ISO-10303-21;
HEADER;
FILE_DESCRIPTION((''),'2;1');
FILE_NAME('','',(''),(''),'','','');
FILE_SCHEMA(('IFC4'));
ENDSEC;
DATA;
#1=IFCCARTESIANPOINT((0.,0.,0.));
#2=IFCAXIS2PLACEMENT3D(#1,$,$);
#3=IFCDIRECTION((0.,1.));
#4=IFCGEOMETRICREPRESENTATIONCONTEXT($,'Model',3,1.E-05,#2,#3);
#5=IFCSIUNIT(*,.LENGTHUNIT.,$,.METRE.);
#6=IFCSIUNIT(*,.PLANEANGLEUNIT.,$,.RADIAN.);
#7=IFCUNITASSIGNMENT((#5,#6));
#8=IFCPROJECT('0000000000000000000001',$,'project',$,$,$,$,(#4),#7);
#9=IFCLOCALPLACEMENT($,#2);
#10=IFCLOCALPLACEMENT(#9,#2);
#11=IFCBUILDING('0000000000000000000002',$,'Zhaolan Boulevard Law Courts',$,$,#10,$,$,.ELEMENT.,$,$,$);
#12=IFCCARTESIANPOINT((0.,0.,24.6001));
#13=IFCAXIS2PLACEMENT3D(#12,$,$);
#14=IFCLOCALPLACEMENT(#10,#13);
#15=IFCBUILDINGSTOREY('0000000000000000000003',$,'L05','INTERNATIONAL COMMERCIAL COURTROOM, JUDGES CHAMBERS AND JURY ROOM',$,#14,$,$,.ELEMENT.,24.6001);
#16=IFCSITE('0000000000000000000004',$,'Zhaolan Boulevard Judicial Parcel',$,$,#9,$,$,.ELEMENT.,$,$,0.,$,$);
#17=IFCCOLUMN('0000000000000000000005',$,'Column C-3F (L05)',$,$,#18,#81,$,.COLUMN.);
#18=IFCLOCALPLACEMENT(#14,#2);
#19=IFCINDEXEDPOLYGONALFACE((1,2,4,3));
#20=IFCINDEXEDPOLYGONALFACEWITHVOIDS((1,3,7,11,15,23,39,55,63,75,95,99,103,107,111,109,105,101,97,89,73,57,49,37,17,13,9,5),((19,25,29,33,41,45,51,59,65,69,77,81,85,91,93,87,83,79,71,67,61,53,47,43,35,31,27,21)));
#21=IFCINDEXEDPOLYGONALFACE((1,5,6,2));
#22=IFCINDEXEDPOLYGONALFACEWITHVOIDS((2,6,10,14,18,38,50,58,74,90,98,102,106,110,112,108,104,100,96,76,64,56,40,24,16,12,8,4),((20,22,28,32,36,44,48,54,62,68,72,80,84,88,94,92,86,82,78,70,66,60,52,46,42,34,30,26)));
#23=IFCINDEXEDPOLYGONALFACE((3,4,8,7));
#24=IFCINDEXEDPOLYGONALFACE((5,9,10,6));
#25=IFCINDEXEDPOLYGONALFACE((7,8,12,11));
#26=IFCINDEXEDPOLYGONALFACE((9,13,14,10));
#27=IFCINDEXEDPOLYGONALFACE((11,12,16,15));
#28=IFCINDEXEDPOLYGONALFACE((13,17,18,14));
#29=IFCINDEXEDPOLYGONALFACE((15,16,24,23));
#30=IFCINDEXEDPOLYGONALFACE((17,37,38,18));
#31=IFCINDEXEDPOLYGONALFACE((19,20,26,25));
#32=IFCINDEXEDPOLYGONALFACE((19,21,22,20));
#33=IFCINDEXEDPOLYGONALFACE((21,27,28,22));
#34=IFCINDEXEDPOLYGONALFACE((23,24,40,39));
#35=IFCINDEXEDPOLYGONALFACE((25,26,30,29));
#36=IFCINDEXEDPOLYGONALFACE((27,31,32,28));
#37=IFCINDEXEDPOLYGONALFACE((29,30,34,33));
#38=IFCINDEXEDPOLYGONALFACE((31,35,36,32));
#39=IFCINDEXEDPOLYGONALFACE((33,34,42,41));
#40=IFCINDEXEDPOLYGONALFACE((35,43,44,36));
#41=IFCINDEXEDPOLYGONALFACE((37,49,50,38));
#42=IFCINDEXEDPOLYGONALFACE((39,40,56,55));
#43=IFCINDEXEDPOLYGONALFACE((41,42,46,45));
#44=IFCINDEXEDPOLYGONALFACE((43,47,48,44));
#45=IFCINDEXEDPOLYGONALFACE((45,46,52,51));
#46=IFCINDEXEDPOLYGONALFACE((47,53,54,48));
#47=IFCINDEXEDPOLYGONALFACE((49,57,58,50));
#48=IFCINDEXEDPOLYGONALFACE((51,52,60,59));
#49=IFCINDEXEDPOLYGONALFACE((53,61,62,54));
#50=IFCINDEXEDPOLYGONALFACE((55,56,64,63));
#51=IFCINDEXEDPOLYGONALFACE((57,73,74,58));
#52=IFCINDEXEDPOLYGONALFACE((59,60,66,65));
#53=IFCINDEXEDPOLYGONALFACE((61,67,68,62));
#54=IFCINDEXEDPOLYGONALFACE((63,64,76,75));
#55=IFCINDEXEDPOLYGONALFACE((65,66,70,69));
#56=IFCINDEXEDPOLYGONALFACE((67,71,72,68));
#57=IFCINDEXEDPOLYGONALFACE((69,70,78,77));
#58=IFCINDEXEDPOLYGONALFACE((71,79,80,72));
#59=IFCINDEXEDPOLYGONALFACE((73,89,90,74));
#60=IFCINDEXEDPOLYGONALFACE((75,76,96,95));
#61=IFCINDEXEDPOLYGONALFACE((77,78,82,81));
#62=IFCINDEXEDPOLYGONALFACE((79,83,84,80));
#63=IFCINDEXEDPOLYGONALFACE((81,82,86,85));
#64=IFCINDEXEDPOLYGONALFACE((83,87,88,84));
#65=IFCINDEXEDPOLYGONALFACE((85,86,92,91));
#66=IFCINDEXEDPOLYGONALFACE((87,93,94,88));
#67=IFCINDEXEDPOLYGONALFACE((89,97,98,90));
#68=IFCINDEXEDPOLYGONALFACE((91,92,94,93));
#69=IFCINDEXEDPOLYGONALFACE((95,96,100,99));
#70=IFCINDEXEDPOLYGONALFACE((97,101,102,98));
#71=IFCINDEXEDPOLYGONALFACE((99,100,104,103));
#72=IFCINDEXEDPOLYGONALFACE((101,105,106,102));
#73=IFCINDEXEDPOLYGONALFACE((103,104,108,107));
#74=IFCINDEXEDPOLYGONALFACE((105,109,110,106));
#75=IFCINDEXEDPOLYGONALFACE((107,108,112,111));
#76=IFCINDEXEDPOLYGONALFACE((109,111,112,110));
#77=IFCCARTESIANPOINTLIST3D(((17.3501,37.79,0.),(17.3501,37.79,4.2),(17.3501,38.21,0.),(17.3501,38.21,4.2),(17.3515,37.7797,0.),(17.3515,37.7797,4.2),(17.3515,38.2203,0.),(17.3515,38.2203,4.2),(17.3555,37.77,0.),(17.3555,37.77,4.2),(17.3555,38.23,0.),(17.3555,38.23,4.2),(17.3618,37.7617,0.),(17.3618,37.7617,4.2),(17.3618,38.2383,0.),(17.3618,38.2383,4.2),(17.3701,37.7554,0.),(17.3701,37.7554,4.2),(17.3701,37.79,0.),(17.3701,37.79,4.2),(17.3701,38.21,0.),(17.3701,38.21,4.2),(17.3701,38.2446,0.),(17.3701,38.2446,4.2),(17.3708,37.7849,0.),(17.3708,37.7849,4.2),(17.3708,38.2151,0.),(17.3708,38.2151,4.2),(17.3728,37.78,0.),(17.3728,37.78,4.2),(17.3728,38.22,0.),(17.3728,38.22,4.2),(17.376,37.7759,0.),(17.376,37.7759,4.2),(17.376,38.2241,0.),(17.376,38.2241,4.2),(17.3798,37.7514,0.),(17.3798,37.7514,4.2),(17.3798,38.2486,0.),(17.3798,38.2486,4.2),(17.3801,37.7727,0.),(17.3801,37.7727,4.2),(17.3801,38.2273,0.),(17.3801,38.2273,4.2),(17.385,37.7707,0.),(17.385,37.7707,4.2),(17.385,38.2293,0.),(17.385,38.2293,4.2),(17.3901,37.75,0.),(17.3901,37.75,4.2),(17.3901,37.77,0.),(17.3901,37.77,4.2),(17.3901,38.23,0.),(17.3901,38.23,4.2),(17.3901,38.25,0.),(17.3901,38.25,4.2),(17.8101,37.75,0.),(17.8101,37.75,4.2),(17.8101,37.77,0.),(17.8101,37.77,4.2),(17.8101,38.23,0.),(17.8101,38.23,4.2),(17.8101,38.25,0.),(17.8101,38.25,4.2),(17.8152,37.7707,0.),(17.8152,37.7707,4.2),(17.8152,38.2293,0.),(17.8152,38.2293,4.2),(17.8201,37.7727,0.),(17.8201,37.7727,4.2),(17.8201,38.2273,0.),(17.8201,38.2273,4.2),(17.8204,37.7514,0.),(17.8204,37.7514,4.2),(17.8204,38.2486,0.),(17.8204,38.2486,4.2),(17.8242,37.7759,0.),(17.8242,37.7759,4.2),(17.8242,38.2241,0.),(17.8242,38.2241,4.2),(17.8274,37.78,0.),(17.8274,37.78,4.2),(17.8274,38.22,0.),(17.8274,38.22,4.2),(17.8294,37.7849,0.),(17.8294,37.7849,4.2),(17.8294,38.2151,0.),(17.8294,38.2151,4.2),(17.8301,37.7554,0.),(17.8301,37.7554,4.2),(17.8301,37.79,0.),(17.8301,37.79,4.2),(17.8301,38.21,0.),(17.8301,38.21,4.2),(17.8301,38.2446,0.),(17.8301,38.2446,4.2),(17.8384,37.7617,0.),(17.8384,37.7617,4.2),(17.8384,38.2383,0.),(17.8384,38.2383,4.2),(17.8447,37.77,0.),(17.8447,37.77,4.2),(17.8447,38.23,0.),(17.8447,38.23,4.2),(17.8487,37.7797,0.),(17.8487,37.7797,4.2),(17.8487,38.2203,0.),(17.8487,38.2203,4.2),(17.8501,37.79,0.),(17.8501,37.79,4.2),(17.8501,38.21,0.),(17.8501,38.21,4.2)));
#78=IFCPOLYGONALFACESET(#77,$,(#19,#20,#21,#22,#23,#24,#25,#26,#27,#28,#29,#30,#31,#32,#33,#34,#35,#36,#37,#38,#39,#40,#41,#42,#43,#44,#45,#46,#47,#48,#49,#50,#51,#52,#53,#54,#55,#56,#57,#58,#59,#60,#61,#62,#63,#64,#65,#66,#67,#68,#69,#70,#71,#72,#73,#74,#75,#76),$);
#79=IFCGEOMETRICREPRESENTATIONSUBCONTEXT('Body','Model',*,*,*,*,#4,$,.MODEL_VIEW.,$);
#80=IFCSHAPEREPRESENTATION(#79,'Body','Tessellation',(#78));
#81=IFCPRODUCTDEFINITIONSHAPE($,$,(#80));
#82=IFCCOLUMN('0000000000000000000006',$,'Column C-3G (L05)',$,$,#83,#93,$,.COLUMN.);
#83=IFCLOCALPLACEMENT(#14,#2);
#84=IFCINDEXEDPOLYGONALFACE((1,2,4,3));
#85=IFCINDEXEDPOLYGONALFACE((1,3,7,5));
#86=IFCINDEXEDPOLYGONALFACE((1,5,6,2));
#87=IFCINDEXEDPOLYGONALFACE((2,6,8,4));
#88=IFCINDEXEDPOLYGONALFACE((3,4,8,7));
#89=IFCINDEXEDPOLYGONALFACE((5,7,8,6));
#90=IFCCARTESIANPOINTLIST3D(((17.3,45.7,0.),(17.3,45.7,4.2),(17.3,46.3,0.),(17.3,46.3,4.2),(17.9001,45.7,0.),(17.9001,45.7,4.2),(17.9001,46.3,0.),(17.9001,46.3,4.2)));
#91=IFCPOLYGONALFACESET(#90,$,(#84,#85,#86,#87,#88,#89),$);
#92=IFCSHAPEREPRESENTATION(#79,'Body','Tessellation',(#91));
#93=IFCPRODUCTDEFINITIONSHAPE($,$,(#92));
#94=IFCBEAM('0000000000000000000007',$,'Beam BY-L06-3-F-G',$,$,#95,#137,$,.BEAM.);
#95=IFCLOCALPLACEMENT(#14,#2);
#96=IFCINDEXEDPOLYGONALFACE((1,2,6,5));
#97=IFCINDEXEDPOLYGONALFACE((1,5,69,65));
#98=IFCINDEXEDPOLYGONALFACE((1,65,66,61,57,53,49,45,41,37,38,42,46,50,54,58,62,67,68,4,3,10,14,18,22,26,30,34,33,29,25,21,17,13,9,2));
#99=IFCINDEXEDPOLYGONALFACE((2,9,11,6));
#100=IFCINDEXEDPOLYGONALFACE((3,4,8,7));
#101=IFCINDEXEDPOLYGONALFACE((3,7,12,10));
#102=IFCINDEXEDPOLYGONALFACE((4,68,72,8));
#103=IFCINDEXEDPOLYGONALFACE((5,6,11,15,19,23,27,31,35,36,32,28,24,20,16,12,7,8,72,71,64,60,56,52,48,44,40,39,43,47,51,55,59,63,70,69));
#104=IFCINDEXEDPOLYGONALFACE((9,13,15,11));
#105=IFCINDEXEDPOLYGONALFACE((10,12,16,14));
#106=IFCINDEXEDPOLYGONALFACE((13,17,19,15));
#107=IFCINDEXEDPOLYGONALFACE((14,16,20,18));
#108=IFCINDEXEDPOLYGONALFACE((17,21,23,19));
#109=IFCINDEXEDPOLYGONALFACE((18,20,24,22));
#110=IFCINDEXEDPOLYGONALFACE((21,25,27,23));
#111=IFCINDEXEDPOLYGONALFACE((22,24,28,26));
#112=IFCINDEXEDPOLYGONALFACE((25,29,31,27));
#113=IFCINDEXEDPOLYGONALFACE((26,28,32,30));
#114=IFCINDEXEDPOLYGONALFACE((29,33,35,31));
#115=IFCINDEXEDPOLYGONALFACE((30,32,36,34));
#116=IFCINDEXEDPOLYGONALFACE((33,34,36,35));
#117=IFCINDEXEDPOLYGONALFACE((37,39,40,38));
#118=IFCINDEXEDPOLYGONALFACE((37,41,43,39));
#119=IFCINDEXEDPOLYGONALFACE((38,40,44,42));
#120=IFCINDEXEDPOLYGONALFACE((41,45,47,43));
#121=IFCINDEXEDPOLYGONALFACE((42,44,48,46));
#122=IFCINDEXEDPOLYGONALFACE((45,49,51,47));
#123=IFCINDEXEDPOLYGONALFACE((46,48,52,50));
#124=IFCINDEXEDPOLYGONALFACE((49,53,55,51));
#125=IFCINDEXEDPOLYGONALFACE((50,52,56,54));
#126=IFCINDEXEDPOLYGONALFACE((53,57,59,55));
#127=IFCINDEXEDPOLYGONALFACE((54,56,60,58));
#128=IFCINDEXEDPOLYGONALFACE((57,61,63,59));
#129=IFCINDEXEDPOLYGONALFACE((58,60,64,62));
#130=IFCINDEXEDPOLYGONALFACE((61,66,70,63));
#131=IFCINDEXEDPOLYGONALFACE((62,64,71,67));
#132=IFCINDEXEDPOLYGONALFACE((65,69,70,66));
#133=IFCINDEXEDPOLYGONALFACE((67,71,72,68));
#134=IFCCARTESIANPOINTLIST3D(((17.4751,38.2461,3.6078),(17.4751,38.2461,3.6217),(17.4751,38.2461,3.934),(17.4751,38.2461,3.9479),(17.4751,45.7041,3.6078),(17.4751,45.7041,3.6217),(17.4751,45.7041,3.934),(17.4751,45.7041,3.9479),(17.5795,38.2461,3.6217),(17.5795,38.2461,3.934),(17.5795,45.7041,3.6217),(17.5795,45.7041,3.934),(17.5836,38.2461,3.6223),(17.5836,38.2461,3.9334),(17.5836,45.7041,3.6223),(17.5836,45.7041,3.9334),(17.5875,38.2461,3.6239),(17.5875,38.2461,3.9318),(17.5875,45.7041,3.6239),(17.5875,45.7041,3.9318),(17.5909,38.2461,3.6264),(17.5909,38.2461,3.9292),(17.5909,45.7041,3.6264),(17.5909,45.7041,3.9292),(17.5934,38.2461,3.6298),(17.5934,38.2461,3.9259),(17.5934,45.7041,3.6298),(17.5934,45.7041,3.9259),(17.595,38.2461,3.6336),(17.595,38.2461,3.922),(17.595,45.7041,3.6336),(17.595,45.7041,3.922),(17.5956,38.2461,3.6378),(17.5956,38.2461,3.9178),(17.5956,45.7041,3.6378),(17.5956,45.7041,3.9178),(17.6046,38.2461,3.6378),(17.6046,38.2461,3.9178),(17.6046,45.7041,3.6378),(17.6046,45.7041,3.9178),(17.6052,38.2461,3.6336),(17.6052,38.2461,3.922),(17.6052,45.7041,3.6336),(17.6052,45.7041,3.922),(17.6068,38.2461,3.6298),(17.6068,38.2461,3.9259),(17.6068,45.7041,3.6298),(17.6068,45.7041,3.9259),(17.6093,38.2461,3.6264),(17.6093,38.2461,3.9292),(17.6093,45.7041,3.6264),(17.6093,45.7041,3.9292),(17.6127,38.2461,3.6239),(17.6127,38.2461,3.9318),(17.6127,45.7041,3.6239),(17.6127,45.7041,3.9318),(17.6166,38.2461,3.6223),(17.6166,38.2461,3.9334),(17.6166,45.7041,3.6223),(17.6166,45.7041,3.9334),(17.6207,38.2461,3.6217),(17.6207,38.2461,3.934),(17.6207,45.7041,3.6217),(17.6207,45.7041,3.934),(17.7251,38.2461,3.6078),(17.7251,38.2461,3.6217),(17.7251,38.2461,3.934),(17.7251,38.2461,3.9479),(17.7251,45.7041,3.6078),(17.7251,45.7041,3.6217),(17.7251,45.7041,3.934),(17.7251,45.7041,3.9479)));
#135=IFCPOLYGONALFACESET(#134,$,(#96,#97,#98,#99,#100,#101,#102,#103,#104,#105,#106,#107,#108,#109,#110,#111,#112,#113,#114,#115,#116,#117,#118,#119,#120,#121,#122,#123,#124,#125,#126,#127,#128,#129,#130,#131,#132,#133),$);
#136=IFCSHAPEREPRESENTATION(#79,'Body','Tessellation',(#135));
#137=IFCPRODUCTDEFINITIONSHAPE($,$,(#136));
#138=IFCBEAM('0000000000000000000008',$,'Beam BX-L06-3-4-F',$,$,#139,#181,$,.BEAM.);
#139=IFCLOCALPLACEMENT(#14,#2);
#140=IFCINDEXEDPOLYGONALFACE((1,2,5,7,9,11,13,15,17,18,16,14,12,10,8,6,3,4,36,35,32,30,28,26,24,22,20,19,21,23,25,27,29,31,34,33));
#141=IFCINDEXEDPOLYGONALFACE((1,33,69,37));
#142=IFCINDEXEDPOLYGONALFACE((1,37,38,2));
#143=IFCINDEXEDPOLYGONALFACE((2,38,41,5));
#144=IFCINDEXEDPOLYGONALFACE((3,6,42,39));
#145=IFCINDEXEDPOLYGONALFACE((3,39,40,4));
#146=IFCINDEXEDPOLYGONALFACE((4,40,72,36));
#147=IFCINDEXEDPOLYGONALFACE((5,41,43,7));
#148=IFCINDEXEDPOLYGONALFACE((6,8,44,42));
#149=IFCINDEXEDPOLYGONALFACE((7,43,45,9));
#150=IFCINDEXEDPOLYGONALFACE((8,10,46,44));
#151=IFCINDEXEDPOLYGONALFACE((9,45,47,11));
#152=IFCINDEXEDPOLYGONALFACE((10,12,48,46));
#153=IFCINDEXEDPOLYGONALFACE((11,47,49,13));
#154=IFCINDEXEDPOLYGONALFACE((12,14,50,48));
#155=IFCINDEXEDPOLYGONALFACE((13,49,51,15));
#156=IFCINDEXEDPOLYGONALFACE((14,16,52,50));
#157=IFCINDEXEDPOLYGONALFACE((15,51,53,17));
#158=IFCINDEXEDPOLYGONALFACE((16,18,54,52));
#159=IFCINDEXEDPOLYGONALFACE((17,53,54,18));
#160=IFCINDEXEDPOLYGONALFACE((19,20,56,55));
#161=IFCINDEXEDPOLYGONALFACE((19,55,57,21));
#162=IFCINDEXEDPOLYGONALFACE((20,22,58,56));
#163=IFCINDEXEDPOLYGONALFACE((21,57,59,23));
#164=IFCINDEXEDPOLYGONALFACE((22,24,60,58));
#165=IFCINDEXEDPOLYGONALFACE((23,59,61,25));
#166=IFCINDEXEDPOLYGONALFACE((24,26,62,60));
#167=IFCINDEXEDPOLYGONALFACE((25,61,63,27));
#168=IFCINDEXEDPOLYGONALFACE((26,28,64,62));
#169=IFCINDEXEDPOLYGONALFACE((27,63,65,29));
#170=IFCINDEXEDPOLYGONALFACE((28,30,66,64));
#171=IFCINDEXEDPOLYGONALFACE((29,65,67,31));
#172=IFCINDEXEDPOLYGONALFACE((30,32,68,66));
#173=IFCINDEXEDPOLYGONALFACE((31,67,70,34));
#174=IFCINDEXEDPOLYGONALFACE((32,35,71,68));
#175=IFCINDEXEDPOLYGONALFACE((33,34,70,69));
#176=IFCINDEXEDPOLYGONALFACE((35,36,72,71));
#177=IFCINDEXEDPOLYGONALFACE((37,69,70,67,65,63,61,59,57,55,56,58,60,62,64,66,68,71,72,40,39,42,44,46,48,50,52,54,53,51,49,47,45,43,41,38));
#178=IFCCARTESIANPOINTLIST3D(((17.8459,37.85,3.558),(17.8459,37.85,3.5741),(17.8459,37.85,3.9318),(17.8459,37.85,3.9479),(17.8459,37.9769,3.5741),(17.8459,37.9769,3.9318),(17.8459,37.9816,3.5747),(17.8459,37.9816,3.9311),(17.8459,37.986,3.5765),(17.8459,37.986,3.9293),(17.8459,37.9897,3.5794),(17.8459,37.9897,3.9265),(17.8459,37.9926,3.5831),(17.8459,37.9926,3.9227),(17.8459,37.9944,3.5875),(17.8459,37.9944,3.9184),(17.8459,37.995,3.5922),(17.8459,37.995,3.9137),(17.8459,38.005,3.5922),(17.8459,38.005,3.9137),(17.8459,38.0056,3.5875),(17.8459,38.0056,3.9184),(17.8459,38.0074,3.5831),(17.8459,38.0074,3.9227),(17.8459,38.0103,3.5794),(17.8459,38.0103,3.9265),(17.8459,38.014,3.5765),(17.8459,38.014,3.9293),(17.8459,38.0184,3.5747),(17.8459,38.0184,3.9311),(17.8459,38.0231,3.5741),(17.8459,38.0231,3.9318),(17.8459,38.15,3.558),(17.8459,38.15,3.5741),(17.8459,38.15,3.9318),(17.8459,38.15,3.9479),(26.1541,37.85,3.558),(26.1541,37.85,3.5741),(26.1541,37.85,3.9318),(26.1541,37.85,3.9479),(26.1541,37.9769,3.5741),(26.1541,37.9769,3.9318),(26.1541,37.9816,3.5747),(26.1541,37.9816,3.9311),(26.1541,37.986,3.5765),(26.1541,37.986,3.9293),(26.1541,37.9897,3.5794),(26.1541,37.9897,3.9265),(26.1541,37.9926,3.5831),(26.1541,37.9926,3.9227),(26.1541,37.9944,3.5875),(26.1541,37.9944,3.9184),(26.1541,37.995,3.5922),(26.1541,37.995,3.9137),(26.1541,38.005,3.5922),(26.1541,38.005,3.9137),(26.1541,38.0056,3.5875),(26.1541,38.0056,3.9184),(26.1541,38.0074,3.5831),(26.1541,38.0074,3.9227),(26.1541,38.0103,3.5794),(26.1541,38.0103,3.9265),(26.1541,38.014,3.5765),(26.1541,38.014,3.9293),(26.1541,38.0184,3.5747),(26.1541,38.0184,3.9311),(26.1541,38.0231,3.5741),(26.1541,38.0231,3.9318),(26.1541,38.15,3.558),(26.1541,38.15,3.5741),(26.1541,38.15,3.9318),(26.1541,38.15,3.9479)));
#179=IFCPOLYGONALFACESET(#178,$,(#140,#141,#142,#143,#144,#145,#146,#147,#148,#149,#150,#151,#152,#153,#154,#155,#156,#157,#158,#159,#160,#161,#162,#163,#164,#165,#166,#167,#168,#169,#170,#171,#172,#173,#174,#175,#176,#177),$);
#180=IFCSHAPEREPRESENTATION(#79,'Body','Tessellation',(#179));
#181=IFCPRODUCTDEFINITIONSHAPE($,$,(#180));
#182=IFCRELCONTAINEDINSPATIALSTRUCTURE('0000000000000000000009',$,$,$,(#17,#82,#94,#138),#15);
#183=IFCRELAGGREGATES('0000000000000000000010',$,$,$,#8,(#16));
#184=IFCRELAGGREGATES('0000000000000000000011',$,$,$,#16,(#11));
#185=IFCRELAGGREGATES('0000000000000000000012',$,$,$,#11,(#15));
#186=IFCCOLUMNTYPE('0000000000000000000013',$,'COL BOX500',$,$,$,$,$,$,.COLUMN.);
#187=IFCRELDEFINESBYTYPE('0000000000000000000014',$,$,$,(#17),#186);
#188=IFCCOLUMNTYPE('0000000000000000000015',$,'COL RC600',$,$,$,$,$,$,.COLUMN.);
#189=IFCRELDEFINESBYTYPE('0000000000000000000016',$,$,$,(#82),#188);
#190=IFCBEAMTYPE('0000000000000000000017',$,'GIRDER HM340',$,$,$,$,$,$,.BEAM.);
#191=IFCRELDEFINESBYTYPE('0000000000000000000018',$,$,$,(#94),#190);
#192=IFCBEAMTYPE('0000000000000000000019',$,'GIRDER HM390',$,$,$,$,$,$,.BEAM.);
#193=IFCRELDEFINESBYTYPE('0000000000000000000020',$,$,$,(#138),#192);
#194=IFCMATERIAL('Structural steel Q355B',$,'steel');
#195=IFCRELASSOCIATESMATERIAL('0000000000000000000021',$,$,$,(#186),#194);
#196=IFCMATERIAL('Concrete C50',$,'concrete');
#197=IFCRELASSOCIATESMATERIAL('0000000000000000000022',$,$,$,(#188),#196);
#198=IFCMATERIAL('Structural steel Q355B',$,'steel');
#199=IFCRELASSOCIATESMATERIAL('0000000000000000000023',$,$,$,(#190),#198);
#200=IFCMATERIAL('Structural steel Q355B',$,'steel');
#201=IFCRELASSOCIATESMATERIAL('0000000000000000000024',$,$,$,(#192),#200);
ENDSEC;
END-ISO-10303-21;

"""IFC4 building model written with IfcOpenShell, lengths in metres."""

from ifc_helpers import new_model, si_unit, direction, frame, origin, origin_2d, place, context, subcontext, project, spatial, rectangle, hollow_rectangle, i_section, extrude, material, material_profile, profile_set, type_object, element, save


model = new_model("IFC4")

# Units and contexts
model_context = context("Model", 3, precision=1e-05, world=origin(), true_north=direction((0.0, 1.0)))
body_context = subcontext(model_context, "Body", "Model", "MODEL_VIEW")
ifc_project = project(units=[si_unit("LENGTHUNIT", "METRE"), si_unit("PLANEANGLEUNIT", "RADIAN")], contexts=[model_context])

# Site, building, storey
site_placement = place(None, origin())
site = spatial("IfcSite", under=ifc_project, at=site_placement, Name="Zhaolan Boulevard Judicial Parcel", CompositionType="ELEMENT", RefElevation=0.0)
building_placement = place(site_placement, origin())
building = spatial("IfcBuilding", under=site, at=building_placement, Name="Zhaolan Boulevard Law Courts", CompositionType="ELEMENT")
storey_placement = place(building_placement, frame((0.0, 0.0, 24.6001)))
storey = spatial("IfcBuildingStorey", under=building, at=storey_placement, Name="L05", Description="INTERNATIONAL COMMERCIAL COURTROOM, JUDGES CHAMBERS AND JURY ROOM", CompositionType="ELEMENT", Elevation=24.6001)

# Columns
ifc_material_1 = material(Name="Structural steel Q355B", Category="steel")
ifc_material_profile_1 = material_profile(ifc_material_1, hollow_rectangle(XDim=0.5, YDim=0.5, WallThickness=0.02, InnerFilletRadius=0.02, OuterFilletRadius=0.04, at=origin_2d()), Name="BOX500x500x20")
ifc_profile_set_1 = profile_set([ifc_material_profile_1], Name="Structural steel Q355B")
column_type_1 = type_object("IfcColumnType", Name="COL BOX500", PredefinedType="COLUMN", material=ifc_profile_set_1)
column_1_placement = place(storey_placement, frame((17.6001, 38.0, 0.0), z_axis=(0.0, 0.0, 1.0), x_axis=(1.0, 0.0, 0.0)))
element("IfcColumn", 1, at=column_1_placement, inside=storey, type_object=column_type_1, Name="Column C-3F (L05)", PredefinedType="COLUMN", context=body_context, shape_type="SweptSolid", body=[
    extrude(hollow_rectangle(XDim=0.5, YDim=0.5, WallThickness=0.02, InnerFilletRadius=0.02, OuterFilletRadius=0.04, at=origin_2d()), origin(), (0.0, 0.0, 1.0), 4.2),
])
ifc_material_2 = material(Name="Concrete C50", Category="concrete")
ifc_material_profile_2 = material_profile(ifc_material_2, rectangle(XDim=0.6001, YDim=0.6001, at=origin_2d()), Name="RC600x600")
ifc_profile_set_2 = profile_set([ifc_material_profile_2], Name="Concrete C50")
column_type_2 = type_object("IfcColumnType", Name="COL RC600", PredefinedType="COLUMN", material=ifc_profile_set_2)
column_2_placement = place(storey_placement, frame((17.6001, 46.0, 0.0), z_axis=(0.0, 0.0, 1.0), x_axis=(1.0, 0.0, 0.0)))
element("IfcColumn", 2, at=column_2_placement, inside=storey, type_object=column_type_2, Name="Column C-3G (L05)", PredefinedType="COLUMN", context=body_context, shape_type="SweptSolid", body=[
    extrude(rectangle(XDim=0.6001, YDim=0.6001, at=origin_2d()), origin(), (0.0, 0.0, 1.0), 4.2),
])

# Beams
ifc_material_3 = material(Name="Structural steel Q355B", Category="steel")
ifc_material_profile_3 = material_profile(ifc_material_3, i_section(OverallWidth=0.25, OverallDepth=0.3401, WebThickness=0.009, FlangeThickness=0.0139, FilletRadius=0.0161, at=origin_2d()), Name="HM340x250")
ifc_profile_set_3 = profile_set([ifc_material_profile_3], Name="Structural steel Q355B")
beam_type_1 = type_object("IfcBeamType", Name="GIRDER HM340", PredefinedType="BEAM", material=ifc_profile_set_3)
beam_1_placement = place(storey_placement, frame((17.6001, 38.2461, 3.7778), z_axis=(0.0, 1.0, 0.0), x_axis=(-1.0, 0.0, 0.0)))
element("IfcBeam", 3, at=beam_1_placement, inside=storey, type_object=beam_type_1, Name="Beam BY-L06-3-F-G", PredefinedType="BEAM", context=body_context, shape_type="SweptSolid", body=[
    extrude(i_section(OverallWidth=0.25, OverallDepth=0.3401, WebThickness=0.009, FlangeThickness=0.0139, FilletRadius=0.0161, at=origin_2d()), origin(), (0.0, 0.0, 1.0), 7.458),
])
ifc_material_4 = material(Name="Structural steel Q355B", Category="steel")
ifc_material_profile_4 = material_profile(ifc_material_4, i_section(OverallWidth=0.3, OverallDepth=0.3899, WebThickness=0.01, FlangeThickness=0.0161, FilletRadius=0.0181, at=origin_2d()), Name="HM390x300")
ifc_profile_set_4 = profile_set([ifc_material_profile_4], Name="Structural steel Q355B")
beam_type_2 = type_object("IfcBeamType", Name="GIRDER HM390", PredefinedType="BEAM", material=ifc_profile_set_4)
beam_2_placement = place(storey_placement, frame((17.8459, 38.0, 3.7529), z_axis=(1.0, 0.0, 0.0), x_axis=(0.0, 1.0, 0.0)))
element("IfcBeam", 4, at=beam_2_placement, inside=storey, type_object=beam_type_2, Name="Beam BX-L06-3-4-F", PredefinedType="BEAM", context=body_context, shape_type="SweptSolid", body=[
    extrude(i_section(OverallWidth=0.3, OverallDepth=0.3899, WebThickness=0.01, FlangeThickness=0.0161, FilletRadius=0.0181, at=origin_2d()), origin(), (0.0, 0.0, 1.0), 8.3081),
])

save(model, "model.ifc")
